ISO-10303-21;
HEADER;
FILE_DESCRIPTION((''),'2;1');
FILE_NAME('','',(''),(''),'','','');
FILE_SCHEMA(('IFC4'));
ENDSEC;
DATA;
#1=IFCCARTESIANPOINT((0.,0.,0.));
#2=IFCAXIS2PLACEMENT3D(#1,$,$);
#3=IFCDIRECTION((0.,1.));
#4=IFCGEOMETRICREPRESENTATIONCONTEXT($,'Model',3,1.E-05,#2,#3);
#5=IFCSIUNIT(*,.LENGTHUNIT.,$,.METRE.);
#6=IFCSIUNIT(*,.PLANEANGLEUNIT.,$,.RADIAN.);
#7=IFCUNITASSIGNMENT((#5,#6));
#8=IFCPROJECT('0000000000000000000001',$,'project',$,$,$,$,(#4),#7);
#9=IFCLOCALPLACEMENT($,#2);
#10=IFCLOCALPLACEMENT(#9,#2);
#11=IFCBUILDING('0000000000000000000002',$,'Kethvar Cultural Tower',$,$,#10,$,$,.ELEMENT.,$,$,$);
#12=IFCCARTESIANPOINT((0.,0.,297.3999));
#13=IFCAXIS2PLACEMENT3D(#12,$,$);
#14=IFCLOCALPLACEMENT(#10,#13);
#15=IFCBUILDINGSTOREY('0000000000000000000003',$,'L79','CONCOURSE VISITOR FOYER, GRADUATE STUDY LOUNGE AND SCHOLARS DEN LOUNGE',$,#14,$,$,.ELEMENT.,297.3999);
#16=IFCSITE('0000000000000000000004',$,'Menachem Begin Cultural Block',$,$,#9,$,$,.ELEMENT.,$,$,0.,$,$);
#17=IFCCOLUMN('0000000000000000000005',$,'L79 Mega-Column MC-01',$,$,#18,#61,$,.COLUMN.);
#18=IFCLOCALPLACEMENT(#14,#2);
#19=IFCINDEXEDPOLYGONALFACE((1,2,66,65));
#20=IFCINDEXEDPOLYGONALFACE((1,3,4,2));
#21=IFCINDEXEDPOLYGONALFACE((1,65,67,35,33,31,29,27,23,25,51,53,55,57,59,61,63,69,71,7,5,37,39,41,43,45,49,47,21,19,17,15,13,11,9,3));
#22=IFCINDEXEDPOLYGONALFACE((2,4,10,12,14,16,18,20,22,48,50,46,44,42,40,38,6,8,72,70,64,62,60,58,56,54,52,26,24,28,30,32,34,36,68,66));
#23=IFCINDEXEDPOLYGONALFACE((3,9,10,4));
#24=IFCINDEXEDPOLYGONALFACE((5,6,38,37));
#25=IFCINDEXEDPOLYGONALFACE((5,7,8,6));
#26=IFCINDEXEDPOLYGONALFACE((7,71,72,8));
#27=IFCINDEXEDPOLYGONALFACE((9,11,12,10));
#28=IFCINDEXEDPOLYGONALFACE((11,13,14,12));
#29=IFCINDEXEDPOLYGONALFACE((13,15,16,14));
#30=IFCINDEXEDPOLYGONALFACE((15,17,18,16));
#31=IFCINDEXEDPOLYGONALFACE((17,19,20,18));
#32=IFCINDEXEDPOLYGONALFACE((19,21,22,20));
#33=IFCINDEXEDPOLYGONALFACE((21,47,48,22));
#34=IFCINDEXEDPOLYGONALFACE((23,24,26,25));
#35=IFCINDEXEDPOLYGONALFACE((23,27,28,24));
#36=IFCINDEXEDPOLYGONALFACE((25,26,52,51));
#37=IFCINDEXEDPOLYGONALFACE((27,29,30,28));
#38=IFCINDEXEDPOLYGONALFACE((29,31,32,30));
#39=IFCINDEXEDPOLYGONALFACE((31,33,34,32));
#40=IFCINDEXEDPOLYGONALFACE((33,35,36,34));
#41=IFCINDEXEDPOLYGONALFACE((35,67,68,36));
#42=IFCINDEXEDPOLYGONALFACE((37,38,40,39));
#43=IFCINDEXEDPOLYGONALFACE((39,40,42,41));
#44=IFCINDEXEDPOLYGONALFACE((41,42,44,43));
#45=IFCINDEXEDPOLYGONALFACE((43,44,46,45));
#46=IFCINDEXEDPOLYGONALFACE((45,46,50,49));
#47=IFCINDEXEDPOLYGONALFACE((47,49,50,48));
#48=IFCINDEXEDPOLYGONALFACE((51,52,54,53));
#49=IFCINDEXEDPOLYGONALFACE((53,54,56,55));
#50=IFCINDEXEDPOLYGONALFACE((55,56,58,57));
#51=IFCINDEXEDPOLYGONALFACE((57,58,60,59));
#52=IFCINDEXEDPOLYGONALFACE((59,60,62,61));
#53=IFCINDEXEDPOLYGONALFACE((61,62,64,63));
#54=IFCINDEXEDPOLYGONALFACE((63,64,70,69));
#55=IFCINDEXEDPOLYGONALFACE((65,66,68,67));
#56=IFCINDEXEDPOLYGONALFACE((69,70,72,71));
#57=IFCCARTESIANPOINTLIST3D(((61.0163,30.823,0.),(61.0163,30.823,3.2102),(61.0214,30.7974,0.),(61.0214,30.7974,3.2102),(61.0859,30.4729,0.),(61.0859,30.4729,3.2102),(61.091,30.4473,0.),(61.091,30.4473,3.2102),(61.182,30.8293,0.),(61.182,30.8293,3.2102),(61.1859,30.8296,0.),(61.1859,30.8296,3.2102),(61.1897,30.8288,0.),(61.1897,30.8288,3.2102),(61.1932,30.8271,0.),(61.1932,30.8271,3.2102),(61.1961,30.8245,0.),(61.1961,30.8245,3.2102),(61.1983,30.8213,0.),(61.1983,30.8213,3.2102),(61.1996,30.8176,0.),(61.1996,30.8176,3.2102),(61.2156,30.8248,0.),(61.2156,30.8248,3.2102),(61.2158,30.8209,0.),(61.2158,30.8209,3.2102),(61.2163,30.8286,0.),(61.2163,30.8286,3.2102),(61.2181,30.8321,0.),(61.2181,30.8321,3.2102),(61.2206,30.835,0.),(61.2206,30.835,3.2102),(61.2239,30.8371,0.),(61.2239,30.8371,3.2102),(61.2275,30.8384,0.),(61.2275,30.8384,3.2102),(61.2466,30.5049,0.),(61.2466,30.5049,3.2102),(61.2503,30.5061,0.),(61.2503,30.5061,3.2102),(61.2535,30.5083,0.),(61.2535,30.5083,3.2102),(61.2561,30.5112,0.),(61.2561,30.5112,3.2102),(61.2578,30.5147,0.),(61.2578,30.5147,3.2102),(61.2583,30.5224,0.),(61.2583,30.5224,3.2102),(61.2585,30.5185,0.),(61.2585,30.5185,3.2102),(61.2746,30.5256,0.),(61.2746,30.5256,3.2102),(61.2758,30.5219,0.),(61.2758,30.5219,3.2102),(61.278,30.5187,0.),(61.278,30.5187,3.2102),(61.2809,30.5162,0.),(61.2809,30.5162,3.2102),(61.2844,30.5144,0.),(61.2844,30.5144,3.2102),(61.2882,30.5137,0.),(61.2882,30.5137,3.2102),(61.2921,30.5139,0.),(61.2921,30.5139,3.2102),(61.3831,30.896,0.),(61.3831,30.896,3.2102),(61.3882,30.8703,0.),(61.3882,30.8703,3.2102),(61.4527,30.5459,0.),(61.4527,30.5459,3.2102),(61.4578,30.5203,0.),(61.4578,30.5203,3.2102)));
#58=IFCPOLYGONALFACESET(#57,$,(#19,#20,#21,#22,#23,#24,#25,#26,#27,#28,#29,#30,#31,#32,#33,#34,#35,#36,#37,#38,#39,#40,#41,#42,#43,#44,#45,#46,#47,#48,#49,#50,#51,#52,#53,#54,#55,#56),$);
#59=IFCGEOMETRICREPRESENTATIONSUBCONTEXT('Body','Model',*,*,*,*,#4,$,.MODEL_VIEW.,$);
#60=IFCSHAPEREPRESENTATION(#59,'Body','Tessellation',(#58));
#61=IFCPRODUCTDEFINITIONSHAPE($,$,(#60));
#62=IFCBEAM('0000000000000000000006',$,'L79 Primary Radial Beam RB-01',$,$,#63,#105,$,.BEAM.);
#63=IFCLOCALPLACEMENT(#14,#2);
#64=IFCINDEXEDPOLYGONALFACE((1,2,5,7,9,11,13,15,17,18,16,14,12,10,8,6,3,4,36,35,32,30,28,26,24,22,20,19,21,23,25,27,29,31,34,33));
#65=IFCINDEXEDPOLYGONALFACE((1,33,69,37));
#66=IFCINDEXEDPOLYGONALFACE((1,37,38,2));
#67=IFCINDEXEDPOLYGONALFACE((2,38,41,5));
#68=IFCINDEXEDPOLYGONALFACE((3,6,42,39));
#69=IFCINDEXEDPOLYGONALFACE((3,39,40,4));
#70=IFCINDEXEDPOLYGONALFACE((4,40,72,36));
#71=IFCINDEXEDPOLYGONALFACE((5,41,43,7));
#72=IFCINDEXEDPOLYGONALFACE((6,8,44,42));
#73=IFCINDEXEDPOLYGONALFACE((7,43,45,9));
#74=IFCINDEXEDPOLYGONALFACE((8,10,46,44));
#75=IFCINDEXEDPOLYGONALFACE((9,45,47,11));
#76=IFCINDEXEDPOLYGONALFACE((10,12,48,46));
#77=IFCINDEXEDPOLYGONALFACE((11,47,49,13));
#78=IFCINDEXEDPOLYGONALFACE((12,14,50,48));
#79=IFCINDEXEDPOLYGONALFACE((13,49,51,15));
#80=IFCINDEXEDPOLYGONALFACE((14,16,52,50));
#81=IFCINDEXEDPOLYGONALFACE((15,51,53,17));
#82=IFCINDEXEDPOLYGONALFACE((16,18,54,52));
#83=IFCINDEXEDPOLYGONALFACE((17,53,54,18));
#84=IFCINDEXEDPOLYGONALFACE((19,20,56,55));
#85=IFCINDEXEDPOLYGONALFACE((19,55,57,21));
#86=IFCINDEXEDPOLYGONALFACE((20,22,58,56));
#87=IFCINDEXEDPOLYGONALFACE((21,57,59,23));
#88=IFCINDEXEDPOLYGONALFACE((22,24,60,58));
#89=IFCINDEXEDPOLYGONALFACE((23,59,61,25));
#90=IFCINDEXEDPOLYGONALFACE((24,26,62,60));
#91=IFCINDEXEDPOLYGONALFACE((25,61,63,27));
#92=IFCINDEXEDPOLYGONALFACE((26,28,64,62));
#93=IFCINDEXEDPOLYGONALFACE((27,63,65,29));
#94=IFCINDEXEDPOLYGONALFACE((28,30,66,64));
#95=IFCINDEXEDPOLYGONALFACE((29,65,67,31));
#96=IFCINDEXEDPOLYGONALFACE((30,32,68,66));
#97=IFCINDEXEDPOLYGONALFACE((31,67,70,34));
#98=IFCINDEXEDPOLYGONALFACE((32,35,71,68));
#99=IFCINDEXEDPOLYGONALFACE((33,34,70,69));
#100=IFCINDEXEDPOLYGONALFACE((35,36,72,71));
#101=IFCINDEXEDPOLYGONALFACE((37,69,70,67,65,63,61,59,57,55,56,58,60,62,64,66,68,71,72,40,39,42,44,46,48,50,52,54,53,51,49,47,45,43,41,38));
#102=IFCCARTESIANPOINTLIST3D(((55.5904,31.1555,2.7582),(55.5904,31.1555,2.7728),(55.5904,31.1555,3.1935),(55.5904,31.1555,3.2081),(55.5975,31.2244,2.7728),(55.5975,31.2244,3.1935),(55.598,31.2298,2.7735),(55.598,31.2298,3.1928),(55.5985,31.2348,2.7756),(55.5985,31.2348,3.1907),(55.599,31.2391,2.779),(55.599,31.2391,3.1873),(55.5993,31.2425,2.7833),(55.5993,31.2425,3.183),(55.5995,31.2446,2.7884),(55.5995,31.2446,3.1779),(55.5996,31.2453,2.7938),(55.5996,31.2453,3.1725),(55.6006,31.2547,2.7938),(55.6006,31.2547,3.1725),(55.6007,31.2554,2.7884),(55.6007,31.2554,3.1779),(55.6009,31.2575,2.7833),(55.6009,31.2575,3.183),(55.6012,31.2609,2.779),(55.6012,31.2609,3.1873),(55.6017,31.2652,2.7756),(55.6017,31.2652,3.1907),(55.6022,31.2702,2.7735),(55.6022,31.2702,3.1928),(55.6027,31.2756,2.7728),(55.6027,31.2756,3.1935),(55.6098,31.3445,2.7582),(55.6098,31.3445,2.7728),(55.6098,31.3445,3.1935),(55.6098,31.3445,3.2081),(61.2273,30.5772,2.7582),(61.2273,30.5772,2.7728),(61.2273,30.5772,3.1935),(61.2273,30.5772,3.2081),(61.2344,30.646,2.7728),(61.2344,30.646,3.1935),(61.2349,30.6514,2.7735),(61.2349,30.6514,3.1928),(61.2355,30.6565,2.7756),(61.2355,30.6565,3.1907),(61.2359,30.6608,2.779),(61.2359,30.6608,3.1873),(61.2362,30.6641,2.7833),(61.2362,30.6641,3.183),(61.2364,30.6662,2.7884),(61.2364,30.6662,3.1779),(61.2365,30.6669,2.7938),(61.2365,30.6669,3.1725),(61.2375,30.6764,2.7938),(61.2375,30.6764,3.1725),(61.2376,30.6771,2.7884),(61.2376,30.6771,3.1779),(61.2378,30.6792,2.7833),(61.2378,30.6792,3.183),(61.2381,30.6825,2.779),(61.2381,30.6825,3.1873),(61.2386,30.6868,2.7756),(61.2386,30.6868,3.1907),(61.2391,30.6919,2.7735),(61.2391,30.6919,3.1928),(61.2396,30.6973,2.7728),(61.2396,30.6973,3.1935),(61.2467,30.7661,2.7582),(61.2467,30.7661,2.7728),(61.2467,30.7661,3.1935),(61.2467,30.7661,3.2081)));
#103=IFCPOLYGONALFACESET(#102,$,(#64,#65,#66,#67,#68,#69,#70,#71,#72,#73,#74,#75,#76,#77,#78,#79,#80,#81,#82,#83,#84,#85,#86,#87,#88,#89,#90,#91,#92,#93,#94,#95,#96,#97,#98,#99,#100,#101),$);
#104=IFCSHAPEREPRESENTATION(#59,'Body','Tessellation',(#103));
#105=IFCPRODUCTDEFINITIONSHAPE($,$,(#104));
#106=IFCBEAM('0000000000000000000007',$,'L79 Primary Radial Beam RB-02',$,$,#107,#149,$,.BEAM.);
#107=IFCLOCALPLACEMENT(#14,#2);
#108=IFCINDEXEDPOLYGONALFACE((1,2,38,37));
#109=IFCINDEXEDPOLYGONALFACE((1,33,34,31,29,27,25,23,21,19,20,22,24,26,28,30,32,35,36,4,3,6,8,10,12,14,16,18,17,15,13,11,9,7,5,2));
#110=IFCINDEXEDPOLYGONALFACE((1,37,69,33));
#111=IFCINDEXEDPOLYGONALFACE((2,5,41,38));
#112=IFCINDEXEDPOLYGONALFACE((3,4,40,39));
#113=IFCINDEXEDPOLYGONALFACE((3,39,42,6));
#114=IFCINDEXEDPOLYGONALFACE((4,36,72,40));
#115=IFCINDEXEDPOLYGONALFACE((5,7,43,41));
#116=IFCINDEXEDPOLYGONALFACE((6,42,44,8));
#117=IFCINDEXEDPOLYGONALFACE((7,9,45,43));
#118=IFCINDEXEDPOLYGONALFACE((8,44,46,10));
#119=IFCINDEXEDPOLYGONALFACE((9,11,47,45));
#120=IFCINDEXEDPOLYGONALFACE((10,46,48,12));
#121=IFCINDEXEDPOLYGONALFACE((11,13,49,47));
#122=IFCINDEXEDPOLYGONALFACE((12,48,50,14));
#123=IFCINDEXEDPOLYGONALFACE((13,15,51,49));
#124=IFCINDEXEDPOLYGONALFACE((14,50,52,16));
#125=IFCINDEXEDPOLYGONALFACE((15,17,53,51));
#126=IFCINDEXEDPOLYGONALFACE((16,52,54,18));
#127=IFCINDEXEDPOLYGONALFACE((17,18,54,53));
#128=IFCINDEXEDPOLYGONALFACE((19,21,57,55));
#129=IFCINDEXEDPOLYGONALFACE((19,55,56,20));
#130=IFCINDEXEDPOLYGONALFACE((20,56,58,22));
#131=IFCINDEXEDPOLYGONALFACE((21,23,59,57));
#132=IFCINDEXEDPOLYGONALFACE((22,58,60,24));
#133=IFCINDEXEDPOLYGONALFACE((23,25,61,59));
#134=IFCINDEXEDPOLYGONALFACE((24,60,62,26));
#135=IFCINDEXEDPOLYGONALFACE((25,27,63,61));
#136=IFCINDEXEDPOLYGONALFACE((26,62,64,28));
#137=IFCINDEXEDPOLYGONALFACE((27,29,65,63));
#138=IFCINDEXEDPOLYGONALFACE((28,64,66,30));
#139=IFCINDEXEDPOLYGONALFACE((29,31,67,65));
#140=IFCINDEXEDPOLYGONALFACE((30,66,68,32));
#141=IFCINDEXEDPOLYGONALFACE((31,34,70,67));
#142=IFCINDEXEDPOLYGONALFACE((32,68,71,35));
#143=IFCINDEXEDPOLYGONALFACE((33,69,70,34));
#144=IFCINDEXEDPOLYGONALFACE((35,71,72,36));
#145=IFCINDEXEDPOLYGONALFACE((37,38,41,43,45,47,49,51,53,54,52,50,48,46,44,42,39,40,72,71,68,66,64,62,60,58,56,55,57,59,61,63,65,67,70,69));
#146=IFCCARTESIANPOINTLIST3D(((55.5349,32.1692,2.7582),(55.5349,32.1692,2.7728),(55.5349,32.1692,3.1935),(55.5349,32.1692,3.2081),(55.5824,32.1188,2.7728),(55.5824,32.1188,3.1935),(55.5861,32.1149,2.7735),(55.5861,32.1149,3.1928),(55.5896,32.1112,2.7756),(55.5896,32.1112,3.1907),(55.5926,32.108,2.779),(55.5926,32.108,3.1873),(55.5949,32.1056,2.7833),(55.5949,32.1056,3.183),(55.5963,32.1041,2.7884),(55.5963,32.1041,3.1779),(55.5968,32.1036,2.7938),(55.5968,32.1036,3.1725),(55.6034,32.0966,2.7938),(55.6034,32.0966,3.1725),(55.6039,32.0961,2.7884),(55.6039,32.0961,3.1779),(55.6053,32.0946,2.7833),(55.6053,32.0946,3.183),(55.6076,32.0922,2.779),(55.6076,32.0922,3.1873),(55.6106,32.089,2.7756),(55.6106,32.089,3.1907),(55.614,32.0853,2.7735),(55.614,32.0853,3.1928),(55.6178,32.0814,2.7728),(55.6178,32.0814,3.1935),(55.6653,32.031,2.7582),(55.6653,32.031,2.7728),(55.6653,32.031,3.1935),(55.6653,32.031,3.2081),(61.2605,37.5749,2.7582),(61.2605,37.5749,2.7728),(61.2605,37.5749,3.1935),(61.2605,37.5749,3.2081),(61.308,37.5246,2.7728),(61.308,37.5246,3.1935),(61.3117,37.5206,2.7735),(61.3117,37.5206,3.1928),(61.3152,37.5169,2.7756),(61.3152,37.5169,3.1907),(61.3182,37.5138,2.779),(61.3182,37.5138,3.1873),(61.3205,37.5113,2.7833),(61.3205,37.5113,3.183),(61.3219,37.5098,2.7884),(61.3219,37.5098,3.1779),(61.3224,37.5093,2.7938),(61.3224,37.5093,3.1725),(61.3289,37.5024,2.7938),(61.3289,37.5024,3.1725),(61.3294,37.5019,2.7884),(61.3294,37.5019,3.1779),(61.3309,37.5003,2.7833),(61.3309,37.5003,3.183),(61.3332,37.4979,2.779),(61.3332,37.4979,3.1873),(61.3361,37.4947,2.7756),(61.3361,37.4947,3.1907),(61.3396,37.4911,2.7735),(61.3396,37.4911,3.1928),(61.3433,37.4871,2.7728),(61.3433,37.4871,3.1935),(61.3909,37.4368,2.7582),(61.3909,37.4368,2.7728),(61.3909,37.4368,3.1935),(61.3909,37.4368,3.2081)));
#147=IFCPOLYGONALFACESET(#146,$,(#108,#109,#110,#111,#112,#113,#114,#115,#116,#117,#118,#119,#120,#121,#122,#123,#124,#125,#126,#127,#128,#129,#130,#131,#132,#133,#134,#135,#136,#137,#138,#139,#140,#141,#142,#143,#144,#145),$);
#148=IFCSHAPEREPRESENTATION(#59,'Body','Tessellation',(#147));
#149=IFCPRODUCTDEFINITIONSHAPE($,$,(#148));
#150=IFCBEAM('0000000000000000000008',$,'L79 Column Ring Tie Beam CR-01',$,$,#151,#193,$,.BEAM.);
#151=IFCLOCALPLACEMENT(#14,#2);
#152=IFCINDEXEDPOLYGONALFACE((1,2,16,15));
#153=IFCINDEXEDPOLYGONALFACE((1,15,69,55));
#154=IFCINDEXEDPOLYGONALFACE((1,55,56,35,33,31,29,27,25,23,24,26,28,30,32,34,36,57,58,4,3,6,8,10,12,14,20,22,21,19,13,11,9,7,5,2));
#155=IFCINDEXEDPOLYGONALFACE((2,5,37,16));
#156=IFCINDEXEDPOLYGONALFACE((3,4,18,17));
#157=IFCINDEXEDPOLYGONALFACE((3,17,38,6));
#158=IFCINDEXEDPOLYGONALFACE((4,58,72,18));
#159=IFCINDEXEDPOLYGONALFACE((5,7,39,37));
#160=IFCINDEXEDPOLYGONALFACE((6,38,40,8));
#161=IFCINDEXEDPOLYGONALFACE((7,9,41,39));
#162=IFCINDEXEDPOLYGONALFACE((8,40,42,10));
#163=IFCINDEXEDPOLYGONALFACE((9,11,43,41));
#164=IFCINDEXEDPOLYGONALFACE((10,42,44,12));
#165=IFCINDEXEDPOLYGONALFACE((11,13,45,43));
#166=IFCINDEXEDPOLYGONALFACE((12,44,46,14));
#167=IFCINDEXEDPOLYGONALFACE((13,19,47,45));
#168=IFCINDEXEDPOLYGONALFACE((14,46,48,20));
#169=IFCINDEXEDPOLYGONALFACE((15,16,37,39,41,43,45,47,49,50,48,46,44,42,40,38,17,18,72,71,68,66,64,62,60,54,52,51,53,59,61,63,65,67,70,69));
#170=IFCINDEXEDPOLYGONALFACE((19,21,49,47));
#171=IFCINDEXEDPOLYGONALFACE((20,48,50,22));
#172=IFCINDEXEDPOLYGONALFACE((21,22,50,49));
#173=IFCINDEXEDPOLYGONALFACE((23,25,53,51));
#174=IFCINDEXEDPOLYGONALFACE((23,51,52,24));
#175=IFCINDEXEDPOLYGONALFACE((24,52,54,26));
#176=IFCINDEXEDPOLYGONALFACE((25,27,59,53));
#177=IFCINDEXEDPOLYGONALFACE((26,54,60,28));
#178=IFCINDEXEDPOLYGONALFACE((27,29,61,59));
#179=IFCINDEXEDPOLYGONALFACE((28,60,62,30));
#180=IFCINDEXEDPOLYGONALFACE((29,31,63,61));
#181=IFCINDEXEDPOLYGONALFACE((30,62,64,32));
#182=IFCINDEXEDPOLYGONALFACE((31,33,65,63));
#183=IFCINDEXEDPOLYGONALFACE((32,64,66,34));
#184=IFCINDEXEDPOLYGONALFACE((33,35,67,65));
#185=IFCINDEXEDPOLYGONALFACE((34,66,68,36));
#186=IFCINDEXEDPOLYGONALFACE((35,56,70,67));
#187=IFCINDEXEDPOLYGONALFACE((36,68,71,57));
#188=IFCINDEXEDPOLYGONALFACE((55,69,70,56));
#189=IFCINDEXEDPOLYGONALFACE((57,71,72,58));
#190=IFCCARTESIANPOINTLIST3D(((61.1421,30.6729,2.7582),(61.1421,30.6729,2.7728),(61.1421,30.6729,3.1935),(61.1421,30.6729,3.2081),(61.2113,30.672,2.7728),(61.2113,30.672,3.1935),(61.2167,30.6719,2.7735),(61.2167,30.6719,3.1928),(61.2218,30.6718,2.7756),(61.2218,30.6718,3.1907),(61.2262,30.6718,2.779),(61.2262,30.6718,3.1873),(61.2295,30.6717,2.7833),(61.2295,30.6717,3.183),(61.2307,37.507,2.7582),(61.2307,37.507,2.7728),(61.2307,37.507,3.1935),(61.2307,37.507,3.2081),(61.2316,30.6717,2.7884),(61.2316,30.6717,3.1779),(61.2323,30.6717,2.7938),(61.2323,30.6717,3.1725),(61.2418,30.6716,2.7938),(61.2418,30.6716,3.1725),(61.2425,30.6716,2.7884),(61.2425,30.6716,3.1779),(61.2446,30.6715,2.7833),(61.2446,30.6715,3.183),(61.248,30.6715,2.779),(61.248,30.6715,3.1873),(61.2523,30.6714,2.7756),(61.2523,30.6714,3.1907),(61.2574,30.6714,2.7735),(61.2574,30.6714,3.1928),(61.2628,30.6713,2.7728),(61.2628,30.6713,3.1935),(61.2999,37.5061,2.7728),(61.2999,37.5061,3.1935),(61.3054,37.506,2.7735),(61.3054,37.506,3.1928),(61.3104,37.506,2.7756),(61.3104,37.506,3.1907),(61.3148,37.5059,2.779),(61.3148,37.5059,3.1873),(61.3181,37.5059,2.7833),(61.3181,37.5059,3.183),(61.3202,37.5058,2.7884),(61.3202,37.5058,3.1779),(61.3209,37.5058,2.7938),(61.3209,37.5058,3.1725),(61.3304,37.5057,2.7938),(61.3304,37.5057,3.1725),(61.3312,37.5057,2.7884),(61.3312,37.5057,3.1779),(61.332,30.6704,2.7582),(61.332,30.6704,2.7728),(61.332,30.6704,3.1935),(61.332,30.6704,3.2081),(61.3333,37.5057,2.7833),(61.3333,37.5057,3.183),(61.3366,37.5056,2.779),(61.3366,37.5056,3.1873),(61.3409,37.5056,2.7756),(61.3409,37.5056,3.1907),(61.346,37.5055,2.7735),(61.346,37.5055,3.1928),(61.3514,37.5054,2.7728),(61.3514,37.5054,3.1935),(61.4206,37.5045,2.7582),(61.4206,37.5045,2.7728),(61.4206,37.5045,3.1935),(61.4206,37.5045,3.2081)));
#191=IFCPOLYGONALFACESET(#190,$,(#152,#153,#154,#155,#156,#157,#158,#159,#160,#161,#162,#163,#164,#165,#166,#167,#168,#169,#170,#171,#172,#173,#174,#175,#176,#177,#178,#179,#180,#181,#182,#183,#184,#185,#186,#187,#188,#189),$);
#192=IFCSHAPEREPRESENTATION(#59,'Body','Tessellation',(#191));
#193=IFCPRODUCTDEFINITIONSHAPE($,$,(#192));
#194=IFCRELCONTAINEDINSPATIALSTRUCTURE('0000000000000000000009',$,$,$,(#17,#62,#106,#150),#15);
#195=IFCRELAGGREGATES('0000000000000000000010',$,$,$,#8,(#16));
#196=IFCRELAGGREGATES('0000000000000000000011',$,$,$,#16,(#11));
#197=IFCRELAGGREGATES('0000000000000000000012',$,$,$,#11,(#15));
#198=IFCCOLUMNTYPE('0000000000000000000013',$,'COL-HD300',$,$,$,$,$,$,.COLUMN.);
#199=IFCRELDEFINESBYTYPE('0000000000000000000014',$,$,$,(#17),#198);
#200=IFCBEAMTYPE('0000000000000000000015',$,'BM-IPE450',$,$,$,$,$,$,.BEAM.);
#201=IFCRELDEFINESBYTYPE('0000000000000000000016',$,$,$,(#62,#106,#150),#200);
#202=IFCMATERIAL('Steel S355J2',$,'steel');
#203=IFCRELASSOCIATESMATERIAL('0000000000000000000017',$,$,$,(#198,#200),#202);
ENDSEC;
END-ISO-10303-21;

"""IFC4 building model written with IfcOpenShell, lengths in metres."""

from ifc_helpers import new_model, si_unit, direction, frame, origin, origin_2d, place, context, subcontext, project, spatial, i_section, extrude, source, transform, mapped, material, material_profile, profile_set, type_object, element, save


model = new_model("IFC4")

# Units and contexts
model_context = context("Model", 3, precision=1e-05, world=origin(), true_north=direction((0.0, 1.0)))
body_context = subcontext(model_context, "Body", "Model", "MODEL_VIEW")
ifc_project = project(units=[si_unit("LENGTHUNIT", "METRE"), si_unit("PLANEANGLEUNIT", "RADIAN")], contexts=[model_context])

# Site, building, storey
site_placement = place(None, origin())
site = spatial("IfcSite", under=ifc_project, at=site_placement, Name="Menachem Begin Cultural Block", CompositionType="ELEMENT", RefElevation=0.0)
building_placement = place(site_placement, origin())
building = spatial("IfcBuilding", under=site, at=building_placement, Name="Kethvar Cultural Tower", CompositionType="ELEMENT")
storey_placement = place(building_placement, frame((0.0, 0.0, 297.3999)))
storey = spatial("IfcBuildingStorey", under=building, at=storey_placement, Name="L79", Description="CONCOURSE VISITOR FOYER, GRADUATE STUDY LOUNGE AND SCHOLARS DEN LOUNGE", CompositionType="ELEMENT", Elevation=297.3999)

# Column
ifc_material_1 = material(Name="Steel S355J2", Category="steel")
ifc_material_profile_1 = material_profile(ifc_material_1, i_section(OverallWidth=0.374, OverallDepth=0.3831, WebThickness=0.0166, FlangeThickness=0.0261, FilletRadius=0.0149, at=origin_2d()), Name="Steel S355J2 — HD360x300")
ifc_profile_set_1 = profile_set([ifc_material_profile_1], Name="Steel S355J2 — HD360x300")
column_type = type_object("IfcColumnType", Name="COL-HD300", PredefinedType="COLUMN", material=ifc_profile_set_1)
shared_shape_1 = source(origin(), body_context, "Body", "SweptSolid", [
    extrude(i_section(OverallWidth=0.374, OverallDepth=0.3831, WebThickness=0.0166, FlangeThickness=0.0261, FilletRadius=0.0149, at=origin_2d()), origin(), (0.0, 0.0, 1.0), 3.2102),
])
column_placement = place(storey_placement, frame((61.2371, 30.6716, 0.0), z_axis=(0.0, 0.0, 1.0), x_axis=(0.980785, 0.19509, 0.0)))
element("IfcColumn", 1, at=column_placement, inside=storey, type_object=column_type, Name="L79 Mega-Column MC-01", PredefinedType="COLUMN", context=body_context, shape_type="MappedRepresentation", body=[
    mapped(shared_shape_1, transform((0.0, 0.0, 0.0), scale=1.0)),
])

# Beams
ifc_material_profile_2 = material_profile(ifc_material_1, i_section(OverallWidth=0.1899, OverallDepth=0.45, WebThickness=0.0095, FlangeThickness=0.0146, FilletRadius=0.021, at=origin_2d()), Name="Steel S355J2 — IPE450")
ifc_profile_set_2 = profile_set([ifc_material_profile_2], Name="Steel S355J2 — IPE450")
beam_type_1 = type_object("IfcBeamType", Name="BM-IPE450", PredefinedType="BEAM", material=ifc_profile_set_2)
shared_shape_2 = source(origin(), body_context, "Body", "SweptSolid", [
    extrude(i_section(OverallWidth=0.1899, OverallDepth=0.45, WebThickness=0.0095, FlangeThickness=0.0146, FilletRadius=0.021, at=origin_2d()), origin(), (0.0, 0.0, 1.0), 5.6665),
])
beam_1_placement = place(storey_placement, frame((55.6001, 31.25, 2.9832), z_axis=(0.994778, -0.102067, 0.0), x_axis=(0.102067, 0.994778, 0.0)))
element("IfcBeam", 2, at=beam_1_placement, inside=storey, type_object=beam_type_1, Name="L79 Primary Radial Beam RB-01", PredefinedType="BEAM", context=body_context, shape_type="MappedRepresentation", body=[
    mapped(shared_shape_2, transform((0.0, 0.0, 0.0), scale=1.0)),
])
shared_shape_3 = source(origin(), body_context, "Body", "SweptSolid", [
    extrude(i_section(OverallWidth=0.1899, OverallDepth=0.45, WebThickness=0.0095, FlangeThickness=0.0146, FilletRadius=0.021, at=origin_2d()), origin(), (0.0, 0.0, 1.0), 7.8743),
])
beam_2_placement = place(storey_placement, frame((55.6001, 32.1001, 2.9832), z_axis=(0.727123, 0.686507, 0.0), x_axis=(-0.686507, 0.727123, 0.0)))
element("IfcBeam", 3, at=beam_2_placement, inside=storey, type_object=beam_type_1, Name="L79 Primary Radial Beam RB-02", PredefinedType="BEAM", context=body_context, shape_type="MappedRepresentation", body=[
    mapped(shared_shape_3, transform((0.0, 0.0, 0.0), scale=1.0)),
])
shared_shape_4 = source(origin(), body_context, "Body", "SweptSolid", [
    extrude(i_section(OverallWidth=0.1899, OverallDepth=0.45, WebThickness=0.0095, FlangeThickness=0.0146, FilletRadius=0.021, at=origin_2d()), origin(), (0.0, 0.0, 1.0), 6.8347),
])
beam_3_placement = place(storey_placement, frame((61.2371, 30.6716, 2.9832), z_axis=(0.012966, 0.999916, 0.0), x_axis=(-0.999916, 0.012966, 0.0)))
element("IfcBeam", 4, at=beam_3_placement, inside=storey, type_object=beam_type_1, Name="L79 Column Ring Tie Beam CR-01", PredefinedType="BEAM", context=body_context, shape_type="MappedRepresentation", body=[
    mapped(shared_shape_4, transform((0.0, 0.0, 0.0), scale=1.0)),
])

save(model, "model.ifc")
